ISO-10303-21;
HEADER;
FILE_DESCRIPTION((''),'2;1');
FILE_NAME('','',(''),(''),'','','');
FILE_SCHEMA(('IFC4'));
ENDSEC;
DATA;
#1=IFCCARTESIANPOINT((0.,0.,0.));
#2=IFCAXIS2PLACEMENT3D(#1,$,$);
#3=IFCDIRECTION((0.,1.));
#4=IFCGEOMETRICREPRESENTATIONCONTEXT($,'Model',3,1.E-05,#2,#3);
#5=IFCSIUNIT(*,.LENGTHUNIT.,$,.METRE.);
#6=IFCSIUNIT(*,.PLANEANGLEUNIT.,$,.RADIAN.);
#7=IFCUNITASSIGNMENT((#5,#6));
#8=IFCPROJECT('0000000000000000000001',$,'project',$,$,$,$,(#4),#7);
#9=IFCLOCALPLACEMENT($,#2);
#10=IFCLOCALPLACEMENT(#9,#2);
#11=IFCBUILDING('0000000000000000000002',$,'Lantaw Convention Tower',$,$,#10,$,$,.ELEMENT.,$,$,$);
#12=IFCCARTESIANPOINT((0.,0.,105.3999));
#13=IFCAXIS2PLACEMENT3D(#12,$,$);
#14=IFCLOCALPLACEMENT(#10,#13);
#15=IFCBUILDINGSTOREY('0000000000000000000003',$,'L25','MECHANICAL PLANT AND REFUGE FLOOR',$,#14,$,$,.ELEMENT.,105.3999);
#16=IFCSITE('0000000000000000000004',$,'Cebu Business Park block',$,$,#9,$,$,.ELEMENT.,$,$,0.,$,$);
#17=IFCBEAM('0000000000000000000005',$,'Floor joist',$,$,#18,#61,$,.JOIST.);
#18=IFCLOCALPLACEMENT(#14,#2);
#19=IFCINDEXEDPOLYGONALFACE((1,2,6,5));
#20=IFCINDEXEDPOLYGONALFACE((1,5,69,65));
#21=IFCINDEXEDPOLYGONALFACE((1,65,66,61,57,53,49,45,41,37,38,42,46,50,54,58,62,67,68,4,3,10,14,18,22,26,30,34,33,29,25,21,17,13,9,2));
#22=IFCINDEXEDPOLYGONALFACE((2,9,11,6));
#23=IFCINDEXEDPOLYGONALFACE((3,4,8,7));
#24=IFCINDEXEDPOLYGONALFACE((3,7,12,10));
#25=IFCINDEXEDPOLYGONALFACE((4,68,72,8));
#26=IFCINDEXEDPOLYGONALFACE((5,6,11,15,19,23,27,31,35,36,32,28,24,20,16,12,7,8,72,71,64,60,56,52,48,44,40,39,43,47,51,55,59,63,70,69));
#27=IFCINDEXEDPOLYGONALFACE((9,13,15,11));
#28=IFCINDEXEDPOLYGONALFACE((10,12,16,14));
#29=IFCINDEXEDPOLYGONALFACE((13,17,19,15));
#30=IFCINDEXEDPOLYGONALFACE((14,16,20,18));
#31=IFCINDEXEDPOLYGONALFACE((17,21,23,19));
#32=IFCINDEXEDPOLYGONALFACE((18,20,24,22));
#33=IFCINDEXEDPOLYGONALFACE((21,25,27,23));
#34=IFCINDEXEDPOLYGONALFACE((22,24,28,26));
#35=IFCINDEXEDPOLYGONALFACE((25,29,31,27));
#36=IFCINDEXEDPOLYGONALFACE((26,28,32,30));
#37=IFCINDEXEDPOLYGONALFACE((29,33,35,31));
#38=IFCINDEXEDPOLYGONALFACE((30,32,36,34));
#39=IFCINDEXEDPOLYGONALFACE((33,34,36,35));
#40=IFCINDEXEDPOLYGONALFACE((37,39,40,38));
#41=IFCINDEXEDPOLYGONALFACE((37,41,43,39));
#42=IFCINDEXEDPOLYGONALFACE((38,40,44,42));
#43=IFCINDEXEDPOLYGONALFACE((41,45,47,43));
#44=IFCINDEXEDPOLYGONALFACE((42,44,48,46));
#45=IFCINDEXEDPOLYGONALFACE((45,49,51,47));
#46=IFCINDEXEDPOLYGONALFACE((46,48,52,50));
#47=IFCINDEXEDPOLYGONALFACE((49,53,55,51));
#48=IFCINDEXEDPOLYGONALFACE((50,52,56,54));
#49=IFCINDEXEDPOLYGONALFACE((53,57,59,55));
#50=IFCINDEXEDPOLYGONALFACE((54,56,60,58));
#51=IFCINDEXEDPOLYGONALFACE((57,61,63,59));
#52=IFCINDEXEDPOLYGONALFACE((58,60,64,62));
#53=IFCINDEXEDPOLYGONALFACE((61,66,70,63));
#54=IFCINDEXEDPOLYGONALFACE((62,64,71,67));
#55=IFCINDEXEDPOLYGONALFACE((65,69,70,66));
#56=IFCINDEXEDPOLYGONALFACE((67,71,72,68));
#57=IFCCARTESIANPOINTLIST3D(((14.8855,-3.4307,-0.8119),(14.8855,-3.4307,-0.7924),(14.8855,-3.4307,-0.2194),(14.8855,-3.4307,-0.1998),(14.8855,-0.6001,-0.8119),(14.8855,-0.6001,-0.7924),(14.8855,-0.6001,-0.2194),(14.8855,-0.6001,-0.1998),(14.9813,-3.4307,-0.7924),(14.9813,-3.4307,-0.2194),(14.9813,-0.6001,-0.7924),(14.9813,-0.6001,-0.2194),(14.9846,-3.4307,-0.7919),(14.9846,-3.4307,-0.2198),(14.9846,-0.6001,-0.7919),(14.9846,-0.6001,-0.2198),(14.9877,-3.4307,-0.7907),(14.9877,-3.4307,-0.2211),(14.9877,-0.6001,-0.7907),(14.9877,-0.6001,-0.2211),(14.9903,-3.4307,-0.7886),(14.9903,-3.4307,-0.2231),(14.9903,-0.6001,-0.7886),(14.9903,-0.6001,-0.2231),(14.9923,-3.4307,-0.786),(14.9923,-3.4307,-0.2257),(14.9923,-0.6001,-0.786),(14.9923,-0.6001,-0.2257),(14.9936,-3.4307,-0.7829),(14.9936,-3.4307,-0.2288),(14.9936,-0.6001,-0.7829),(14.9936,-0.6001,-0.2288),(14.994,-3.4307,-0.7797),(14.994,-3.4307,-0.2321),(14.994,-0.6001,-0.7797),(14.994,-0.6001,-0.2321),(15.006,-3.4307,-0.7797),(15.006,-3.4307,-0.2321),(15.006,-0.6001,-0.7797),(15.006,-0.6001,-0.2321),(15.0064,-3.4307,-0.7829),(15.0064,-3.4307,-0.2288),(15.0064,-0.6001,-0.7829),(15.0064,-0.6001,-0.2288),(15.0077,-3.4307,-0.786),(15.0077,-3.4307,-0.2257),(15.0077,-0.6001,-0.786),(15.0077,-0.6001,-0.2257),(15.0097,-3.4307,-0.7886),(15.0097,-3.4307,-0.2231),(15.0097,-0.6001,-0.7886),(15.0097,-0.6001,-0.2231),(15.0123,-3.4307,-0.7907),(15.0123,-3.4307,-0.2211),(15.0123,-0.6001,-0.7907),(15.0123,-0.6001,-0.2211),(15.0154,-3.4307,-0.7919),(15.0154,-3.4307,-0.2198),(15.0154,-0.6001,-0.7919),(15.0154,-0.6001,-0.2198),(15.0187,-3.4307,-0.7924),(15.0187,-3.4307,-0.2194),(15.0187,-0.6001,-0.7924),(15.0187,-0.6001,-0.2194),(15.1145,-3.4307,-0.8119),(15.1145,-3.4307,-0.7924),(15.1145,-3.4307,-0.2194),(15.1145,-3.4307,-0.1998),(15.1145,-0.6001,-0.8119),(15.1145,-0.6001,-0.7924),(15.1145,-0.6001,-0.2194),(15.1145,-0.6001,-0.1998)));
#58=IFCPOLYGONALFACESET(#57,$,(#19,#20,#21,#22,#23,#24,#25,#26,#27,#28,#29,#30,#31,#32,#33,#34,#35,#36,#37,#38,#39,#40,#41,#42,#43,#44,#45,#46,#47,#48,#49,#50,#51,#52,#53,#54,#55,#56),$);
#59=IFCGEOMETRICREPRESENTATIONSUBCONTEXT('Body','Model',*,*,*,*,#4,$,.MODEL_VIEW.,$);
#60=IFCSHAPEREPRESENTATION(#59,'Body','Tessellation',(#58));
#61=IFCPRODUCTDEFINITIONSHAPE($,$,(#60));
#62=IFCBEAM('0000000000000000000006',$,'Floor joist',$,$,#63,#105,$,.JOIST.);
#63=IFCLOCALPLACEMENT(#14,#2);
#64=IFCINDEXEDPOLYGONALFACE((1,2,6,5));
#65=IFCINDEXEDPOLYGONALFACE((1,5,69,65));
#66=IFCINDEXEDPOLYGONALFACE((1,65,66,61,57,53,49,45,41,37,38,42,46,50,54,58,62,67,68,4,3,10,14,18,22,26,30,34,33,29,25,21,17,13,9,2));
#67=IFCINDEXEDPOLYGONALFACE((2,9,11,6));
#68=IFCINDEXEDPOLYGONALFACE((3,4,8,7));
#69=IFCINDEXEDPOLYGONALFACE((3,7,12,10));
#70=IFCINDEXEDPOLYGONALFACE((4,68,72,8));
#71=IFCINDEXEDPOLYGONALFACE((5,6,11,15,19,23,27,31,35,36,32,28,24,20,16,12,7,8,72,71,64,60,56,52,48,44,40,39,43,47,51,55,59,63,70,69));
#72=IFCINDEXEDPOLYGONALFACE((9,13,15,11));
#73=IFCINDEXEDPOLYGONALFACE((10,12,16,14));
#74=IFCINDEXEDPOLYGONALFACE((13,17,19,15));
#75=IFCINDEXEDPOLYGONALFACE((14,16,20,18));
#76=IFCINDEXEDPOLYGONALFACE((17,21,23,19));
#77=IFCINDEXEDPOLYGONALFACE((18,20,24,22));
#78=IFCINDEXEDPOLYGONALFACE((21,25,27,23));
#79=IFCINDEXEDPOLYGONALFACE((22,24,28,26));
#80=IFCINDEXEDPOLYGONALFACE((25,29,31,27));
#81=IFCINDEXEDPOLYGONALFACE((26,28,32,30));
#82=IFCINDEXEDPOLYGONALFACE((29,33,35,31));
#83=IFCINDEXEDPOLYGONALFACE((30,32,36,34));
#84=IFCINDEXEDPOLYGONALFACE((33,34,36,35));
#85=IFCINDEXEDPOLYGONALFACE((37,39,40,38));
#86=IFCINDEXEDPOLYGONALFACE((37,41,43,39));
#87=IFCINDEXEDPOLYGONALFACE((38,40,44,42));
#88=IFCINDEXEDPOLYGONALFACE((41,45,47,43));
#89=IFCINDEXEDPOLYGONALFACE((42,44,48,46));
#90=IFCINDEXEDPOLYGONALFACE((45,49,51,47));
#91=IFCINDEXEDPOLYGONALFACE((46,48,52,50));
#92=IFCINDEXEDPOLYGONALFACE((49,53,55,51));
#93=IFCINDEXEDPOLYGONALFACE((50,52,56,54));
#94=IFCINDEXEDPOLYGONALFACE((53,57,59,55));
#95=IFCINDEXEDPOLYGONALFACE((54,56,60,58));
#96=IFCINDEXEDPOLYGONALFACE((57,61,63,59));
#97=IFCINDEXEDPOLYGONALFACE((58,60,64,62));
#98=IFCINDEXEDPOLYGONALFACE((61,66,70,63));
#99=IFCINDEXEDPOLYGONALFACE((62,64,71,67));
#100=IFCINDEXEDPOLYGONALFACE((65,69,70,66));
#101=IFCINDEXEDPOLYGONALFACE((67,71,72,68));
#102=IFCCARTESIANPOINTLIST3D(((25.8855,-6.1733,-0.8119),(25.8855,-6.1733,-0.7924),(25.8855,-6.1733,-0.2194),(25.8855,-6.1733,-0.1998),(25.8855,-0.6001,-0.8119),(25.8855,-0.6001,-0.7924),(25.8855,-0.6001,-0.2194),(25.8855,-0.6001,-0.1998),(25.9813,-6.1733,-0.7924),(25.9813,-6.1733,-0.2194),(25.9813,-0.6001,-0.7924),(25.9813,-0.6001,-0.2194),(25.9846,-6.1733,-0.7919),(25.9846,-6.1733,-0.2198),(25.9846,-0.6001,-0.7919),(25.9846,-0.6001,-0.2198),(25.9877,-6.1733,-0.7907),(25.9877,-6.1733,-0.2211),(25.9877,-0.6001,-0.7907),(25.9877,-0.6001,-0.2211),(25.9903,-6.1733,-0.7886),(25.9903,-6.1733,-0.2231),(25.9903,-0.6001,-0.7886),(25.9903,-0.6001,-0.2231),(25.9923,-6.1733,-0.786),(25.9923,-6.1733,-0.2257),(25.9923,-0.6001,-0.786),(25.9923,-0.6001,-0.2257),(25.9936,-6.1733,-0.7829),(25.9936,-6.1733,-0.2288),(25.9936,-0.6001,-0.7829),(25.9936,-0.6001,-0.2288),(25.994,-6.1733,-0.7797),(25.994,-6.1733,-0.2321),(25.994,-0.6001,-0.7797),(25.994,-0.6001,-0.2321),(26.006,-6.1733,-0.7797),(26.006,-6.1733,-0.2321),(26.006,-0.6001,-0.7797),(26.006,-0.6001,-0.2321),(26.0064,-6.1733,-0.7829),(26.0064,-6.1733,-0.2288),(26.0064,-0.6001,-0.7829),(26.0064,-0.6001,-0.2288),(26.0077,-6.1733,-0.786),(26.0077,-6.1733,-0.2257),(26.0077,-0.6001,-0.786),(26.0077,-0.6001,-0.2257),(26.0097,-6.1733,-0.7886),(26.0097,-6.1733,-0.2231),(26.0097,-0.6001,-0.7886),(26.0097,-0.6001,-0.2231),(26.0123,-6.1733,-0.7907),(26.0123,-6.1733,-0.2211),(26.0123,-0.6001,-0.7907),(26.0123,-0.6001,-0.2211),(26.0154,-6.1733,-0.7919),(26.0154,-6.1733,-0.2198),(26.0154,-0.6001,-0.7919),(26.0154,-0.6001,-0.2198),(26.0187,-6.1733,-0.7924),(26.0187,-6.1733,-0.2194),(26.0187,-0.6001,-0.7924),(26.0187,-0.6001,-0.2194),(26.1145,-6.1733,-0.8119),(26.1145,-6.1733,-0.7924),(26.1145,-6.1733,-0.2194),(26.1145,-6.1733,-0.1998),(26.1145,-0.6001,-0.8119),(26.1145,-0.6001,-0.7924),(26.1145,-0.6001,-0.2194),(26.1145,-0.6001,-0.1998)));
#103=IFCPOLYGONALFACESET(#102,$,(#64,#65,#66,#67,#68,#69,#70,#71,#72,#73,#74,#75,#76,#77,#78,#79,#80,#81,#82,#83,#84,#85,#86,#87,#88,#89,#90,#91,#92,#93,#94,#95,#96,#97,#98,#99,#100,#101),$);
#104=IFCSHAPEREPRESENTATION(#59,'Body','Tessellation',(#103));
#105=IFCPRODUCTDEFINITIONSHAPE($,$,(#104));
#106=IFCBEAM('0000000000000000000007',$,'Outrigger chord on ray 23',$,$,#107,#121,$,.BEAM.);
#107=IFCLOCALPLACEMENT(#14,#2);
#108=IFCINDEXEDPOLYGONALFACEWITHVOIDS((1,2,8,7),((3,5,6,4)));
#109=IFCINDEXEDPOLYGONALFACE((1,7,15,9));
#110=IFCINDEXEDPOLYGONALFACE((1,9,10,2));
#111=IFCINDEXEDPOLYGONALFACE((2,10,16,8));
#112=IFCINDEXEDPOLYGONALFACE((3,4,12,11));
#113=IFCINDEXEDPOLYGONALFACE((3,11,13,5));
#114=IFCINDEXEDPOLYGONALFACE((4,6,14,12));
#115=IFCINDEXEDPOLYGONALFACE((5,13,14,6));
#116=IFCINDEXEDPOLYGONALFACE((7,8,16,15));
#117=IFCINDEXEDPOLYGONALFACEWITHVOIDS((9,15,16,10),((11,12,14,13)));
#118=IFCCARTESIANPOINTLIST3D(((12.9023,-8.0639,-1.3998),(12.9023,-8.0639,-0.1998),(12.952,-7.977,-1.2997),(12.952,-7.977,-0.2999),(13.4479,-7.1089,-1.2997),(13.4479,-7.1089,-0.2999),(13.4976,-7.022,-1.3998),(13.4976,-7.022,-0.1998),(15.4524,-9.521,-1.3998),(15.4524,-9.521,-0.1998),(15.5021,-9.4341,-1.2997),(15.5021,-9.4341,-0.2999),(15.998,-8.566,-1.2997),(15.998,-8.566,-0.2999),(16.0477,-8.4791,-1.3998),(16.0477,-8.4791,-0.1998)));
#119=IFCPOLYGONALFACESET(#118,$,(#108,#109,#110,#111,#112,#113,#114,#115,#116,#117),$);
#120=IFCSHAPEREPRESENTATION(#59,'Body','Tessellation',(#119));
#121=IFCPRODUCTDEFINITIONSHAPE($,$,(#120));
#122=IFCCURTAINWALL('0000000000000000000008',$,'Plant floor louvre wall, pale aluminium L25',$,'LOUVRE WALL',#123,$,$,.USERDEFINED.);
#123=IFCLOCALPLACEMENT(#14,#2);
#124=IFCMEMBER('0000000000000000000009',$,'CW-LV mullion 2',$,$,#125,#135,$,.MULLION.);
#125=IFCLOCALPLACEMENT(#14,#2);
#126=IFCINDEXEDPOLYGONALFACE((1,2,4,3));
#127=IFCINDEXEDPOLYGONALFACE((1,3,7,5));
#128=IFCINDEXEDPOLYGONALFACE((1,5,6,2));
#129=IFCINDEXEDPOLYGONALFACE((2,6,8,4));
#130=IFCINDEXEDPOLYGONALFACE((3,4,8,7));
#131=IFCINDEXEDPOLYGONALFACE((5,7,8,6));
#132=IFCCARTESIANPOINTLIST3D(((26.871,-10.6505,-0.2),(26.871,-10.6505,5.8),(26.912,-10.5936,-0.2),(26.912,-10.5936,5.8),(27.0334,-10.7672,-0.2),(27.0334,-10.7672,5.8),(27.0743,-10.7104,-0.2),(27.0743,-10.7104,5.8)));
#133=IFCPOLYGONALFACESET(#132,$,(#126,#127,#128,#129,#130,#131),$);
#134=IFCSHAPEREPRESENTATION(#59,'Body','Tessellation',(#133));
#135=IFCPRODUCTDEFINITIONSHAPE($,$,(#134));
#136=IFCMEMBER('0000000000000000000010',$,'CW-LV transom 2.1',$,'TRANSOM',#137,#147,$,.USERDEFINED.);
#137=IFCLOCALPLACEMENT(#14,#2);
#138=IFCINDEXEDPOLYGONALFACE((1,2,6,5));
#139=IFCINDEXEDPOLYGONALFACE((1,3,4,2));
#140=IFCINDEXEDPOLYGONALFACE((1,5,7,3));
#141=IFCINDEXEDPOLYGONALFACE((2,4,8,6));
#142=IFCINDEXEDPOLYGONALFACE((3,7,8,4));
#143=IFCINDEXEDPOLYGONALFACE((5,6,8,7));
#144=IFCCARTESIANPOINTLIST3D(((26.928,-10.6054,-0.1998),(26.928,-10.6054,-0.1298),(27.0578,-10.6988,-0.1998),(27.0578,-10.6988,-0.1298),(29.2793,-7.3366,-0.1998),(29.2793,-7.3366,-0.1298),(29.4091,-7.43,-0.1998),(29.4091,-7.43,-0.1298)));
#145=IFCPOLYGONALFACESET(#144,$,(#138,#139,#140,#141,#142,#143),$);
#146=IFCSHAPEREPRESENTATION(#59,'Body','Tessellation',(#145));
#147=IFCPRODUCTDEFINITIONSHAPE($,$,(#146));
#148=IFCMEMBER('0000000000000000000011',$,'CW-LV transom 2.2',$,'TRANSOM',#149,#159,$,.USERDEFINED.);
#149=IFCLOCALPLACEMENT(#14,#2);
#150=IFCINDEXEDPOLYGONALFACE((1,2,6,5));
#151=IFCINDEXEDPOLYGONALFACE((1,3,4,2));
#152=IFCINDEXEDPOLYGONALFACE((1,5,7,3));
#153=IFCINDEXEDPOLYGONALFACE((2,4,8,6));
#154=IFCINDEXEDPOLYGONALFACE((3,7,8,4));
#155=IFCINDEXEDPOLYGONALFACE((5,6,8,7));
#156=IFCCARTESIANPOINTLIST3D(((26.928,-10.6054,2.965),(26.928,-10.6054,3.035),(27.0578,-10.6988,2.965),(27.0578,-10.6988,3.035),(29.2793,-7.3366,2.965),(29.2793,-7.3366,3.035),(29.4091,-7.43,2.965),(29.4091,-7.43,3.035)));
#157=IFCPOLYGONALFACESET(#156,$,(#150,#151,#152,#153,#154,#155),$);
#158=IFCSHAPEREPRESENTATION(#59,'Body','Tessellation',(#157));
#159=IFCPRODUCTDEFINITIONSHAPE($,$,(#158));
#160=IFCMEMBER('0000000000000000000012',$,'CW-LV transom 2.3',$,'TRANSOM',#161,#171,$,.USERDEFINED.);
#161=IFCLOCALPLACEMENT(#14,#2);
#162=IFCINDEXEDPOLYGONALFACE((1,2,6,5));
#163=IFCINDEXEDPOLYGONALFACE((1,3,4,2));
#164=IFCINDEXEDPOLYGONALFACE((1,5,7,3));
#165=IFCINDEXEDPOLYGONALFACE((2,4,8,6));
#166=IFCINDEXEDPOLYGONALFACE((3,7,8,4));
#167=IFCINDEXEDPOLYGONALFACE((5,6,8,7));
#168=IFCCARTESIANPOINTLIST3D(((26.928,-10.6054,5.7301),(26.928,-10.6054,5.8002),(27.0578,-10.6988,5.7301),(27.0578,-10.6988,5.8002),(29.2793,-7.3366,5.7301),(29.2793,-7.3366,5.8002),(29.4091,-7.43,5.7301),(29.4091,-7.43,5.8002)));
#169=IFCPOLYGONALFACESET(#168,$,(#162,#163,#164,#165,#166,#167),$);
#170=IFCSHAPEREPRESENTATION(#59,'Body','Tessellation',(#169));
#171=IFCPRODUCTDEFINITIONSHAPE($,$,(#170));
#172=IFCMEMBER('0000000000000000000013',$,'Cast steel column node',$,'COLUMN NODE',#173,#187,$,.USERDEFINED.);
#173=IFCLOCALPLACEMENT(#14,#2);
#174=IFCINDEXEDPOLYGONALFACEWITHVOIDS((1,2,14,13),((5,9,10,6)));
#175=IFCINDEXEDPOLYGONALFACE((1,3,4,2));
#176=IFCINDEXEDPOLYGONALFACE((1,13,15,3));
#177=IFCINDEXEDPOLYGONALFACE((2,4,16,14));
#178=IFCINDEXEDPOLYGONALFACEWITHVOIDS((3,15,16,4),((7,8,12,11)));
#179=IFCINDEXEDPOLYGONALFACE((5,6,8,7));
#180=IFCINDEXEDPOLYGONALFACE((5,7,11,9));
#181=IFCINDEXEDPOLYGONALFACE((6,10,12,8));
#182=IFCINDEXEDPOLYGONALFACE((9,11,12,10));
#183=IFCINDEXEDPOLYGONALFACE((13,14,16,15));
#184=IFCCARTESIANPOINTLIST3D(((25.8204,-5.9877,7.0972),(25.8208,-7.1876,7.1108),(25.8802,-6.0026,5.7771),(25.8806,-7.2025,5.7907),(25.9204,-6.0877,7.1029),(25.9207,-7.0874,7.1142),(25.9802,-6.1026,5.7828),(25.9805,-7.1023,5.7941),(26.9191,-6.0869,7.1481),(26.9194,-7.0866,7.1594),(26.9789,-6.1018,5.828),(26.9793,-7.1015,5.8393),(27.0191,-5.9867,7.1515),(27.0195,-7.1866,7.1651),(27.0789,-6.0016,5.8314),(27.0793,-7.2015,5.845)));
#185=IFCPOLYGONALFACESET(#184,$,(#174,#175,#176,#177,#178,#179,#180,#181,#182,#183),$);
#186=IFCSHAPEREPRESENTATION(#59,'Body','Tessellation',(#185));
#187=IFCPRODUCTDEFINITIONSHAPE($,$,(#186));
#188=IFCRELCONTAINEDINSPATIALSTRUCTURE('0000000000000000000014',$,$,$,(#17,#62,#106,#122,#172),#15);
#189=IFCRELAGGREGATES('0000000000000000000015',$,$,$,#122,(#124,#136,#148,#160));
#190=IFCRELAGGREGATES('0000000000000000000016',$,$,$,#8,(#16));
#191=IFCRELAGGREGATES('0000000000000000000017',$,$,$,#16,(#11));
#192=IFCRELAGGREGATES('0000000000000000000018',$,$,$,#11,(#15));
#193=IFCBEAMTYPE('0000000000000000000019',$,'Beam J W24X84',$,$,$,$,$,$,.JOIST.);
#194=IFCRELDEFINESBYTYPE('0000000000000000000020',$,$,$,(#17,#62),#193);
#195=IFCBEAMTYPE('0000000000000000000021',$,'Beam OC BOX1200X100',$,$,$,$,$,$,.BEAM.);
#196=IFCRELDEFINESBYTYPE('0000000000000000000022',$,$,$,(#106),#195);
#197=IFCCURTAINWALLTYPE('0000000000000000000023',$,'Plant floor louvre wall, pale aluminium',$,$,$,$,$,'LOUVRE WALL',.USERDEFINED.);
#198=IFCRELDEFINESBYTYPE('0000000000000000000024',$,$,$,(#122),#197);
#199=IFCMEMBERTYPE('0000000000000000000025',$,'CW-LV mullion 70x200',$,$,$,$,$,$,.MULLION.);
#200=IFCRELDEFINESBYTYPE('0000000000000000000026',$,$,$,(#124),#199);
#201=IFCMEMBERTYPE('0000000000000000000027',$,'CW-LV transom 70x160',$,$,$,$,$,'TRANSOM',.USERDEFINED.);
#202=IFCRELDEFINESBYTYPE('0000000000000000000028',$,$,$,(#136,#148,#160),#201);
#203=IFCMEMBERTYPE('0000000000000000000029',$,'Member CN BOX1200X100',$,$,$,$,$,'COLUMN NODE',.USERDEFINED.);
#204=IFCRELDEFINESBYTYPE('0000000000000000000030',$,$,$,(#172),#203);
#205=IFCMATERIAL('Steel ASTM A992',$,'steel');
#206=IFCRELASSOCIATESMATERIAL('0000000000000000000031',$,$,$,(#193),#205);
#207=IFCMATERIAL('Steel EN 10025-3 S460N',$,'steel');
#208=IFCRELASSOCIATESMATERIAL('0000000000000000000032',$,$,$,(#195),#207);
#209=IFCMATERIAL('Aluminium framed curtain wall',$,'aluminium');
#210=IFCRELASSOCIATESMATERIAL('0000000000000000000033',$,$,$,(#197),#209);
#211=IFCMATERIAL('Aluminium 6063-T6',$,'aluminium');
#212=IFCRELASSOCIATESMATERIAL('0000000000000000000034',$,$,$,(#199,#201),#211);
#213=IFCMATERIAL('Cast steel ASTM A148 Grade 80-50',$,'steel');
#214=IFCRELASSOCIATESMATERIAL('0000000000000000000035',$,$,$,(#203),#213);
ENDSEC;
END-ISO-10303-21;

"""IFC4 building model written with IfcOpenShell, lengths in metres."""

from ifc_helpers import new_model, si_unit, direction, frame, origin, origin_2d, place, context, subcontext, project, spatial, rectangle, hollow_rectangle, i_section, extrude, material, material_profile, profile_set, type_object, element, aggregate, save


model = new_model("IFC4")

# Units and contexts
model_context = context("Model", 3, precision=1e-05, world=origin(), true_north=direction((0.0, 1.0)))
body_context = subcontext(model_context, "Body", "Model", "MODEL_VIEW")
ifc_project = project(units=[si_unit("LENGTHUNIT", "METRE"), si_unit("PLANEANGLEUNIT", "RADIAN")], contexts=[model_context])

# Site, building, storey
site_placement = place(None, origin())
site = spatial("IfcSite", under=ifc_project, at=site_placement, Name="Cebu Business Park block", CompositionType="ELEMENT", RefElevation=0.0)
building_placement = place(site_placement, origin())
building = spatial("IfcBuilding", under=site, at=building_placement, Name="Lantaw Convention Tower", CompositionType="ELEMENT")
storey_placement = place(building_placement, frame((0.0, 0.0, 105.3999)))
storey = spatial("IfcBuildingStorey", under=building, at=storey_placement, Name="L25", Description="MECHANICAL PLANT AND REFUGE FLOOR", CompositionType="ELEMENT", Elevation=105.3999)

# Shared definitions
ifc_material_1 = material(Name="Steel EN 10025-3 S460N", Category="steel")

# Beams
ifc_material_2 = material(Name="Steel ASTM A992", Category="steel")
ifc_material_profile_1 = material_profile(ifc_material_2, i_section(OverallWidth=0.229, OverallDepth=0.6121, WebThickness=0.012, FlangeThickness=0.0195, FilletRadius=0.0127, at=origin_2d()), Name="W24X84")
ifc_profile_set_1 = profile_set([ifc_material_profile_1], Name="Steel ASTM A992")
beam_type_1 = type_object("IfcBeamType", Name="Beam J W24X84", PredefinedType="JOIST", material=ifc_profile_set_1)
beam_1_placement = place(storey_placement, frame((15.0, -3.4307, -0.5059), z_axis=(0.0, 1.0, 0.0), x_axis=(-1.0, 0.0, 0.0)))
element("IfcBeam", 1, at=beam_1_placement, inside=storey, type_object=beam_type_1, Name="Floor joist", PredefinedType="JOIST", context=body_context, shape_type="SweptSolid", body=[
    extrude(i_section(OverallWidth=0.229, OverallDepth=0.6121, WebThickness=0.012, FlangeThickness=0.0195, FilletRadius=0.0127, at=origin_2d()), origin(), (0.0, 0.0, 1.0), 2.8306),
])
beam_2_placement = place(storey_placement, frame((26.0, -6.1733, -0.5059), z_axis=(0.0, 1.0, 0.0), x_axis=(-1.0, 0.0, 0.0)))
element("IfcBeam", 2, at=beam_2_placement, inside=storey, type_object=beam_type_1, Name="Floor joist", PredefinedType="JOIST", context=body_context, shape_type="SweptSolid", body=[
    extrude(i_section(OverallWidth=0.229, OverallDepth=0.6121, WebThickness=0.012, FlangeThickness=0.0195, FilletRadius=0.0127, at=origin_2d()), origin(), (0.0, 0.0, 1.0), 5.5732),
])
ifc_material_profile_2 = material_profile(ifc_material_1, hollow_rectangle(XDim=1.2, YDim=1.2, WallThickness=0.1001, at=origin_2d()), Name="BOX1200X100")
ifc_profile_set_2 = profile_set([ifc_material_profile_2], Name="Steel EN 10025-3 S460N")
beam_type_2 = type_object("IfcBeamType", Name="Beam OC BOX1200X100", PredefinedType="BEAM", material=ifc_profile_set_2)
beam_3_placement = place(storey_placement, frame((13.2, -7.543, -0.7998), z_axis=(0.868264, -0.496103, 0.0), x_axis=(0.496103, 0.868264, 0.0)))
element("IfcBeam", 3, at=beam_3_placement, inside=storey, type_object=beam_type_2, Name="Outrigger chord on ray 23", PredefinedType="BEAM", context=body_context, shape_type="SweptSolid", body=[
    extrude(hollow_rectangle(XDim=1.2, YDim=1.2, WallThickness=0.1001, at=origin_2d()), origin(), (0.0, 0.0, 1.0), 2.937),
])

# Curtain wall, members
ifc_material_3 = material(Name="Aluminium framed curtain wall", Category="aluminium")
curtain_wall_type = type_object("IfcCurtainWallType", Name="Plant floor louvre wall, pale aluminium", ElementType="LOUVRE WALL", PredefinedType="USERDEFINED", material=ifc_material_3)
curtain_wall_placement = place(storey_placement, origin())
curtain_wall = element("IfcCurtainWall", 4, at=curtain_wall_placement, inside=storey, type_object=curtain_wall_type, Name="Plant floor louvre wall, pale aluminium L25", ObjectType="LOUVRE WALL", PredefinedType="USERDEFINED")
ifc_material_4 = material(Name="Aluminium 6063-T6", Category="aluminium")
ifc_material_profile_3 = material_profile(ifc_material_4, rectangle(XDim=0.2, YDim=0.0701, at=origin_2d()), Name="CW-LV mullion 70x200")
ifc_profile_set_3 = profile_set([ifc_material_profile_3], Name="Aluminium 6063-T6")
member_type_1 = type_object("IfcMemberType", Name="CW-LV mullion 70x200", PredefinedType="MULLION", material=ifc_profile_set_3)
member_1_placement = place(storey_placement, frame((26.9727, -10.6804, -0.2), z_axis=(0.0, 0.0, 1.0), x_axis=(-0.811789, 0.583951, 0.0)))
member_1 = element("IfcMember", 5, at=member_1_placement, type_object=member_type_1, Name="CW-LV mullion 2", PredefinedType="MULLION", context=body_context, shape_type="SweptSolid", body=[
    extrude(rectangle(XDim=0.2, YDim=0.0701, at=origin_2d()), origin(), (0.0, 0.0, 1.0), 6.0),
])
ifc_material_profile_4 = material_profile(ifc_material_4, rectangle(XDim=0.1599, YDim=0.0701, at=origin_2d()), Name="CW-LV transom 70x160")
ifc_profile_set_4 = profile_set([ifc_material_profile_4], Name="Aluminium 6063-T6")
member_type_2 = type_object("IfcMemberType", Name="CW-LV transom 70x160", ElementType="TRANSOM", PredefinedType="USERDEFINED", material=ifc_profile_set_4)
member_2_placement = place(storey_placement, frame((26.9929, -10.6521, -0.1648), z_axis=(0.583942, 0.811795, 0.0), x_axis=(-0.811795, 0.583942, 0.0)))
member_2 = element("IfcMember", 6, at=member_2_placement, type_object=member_type_2, Name="CW-LV transom 2.1", ObjectType="TRANSOM", PredefinedType="USERDEFINED", context=body_context, shape_type="SweptSolid", body=[
    extrude(rectangle(XDim=0.1599, YDim=0.0701, at=origin_2d()), origin(), (0.0, 0.0, 1.0), 4.0266),
])
member_3_placement = place(storey_placement, frame((26.9929, -10.6521, 3.0), z_axis=(0.583942, 0.811795, 0.0), x_axis=(-0.811795, 0.583942, 0.0)))
member_3 = element("IfcMember", 7, at=member_3_placement, type_object=member_type_2, Name="CW-LV transom 2.2", ObjectType="TRANSOM", PredefinedType="USERDEFINED", context=body_context, shape_type="SweptSolid", body=[
    extrude(rectangle(XDim=0.1599, YDim=0.0701, at=origin_2d()), origin(), (0.0, 0.0, 1.0), 4.0266),
])
member_4_placement = place(storey_placement, frame((26.9929, -10.6521, 5.7651), z_axis=(0.583942, 0.811795, 0.0), x_axis=(-0.811795, 0.583942, 0.0)))
member_4 = element("IfcMember", 8, at=member_4_placement, type_object=member_type_2, Name="CW-LV transom 2.3", ObjectType="TRANSOM", PredefinedType="USERDEFINED", context=body_context, shape_type="SweptSolid", body=[
    extrude(rectangle(XDim=0.1599, YDim=0.0701, at=origin_2d()), origin(), (0.0, 0.0, 1.0), 4.0266),
])

# Member
ifc_material_5 = material(Name="Cast steel ASTM A148 Grade 80-50", Category="steel")
ifc_material_profile_5 = material_profile(ifc_material_5, hollow_rectangle(XDim=1.2, YDim=1.2, WallThickness=0.1001, at=origin_2d()), Name="BOX1200X100")
ifc_profile_set_5 = profile_set([ifc_material_profile_5], Name="Cast steel ASTM A148 Grade 80-50")
member_type_3 = type_object("IfcMemberType", Name="Member CN BOX1200X100", ElementType="COLUMN NODE", PredefinedType="USERDEFINED", material=ifc_profile_set_5)
member_5_placement = place(storey_placement, frame((26.4797, -6.6021, 5.811), z_axis=(-0.045262, 0.011269, 0.998912), x_axis=(0.998975, 0.000833, 0.045256)))
element("IfcMember", 9, at=member_5_placement, inside=storey, type_object=member_type_3, Name="Cast steel column node", ObjectType="COLUMN NODE", PredefinedType="USERDEFINED", context=body_context, shape_type="SweptSolid", body=[
    extrude(hollow_rectangle(XDim=1.2, YDim=1.2, WallThickness=0.1001, at=origin_2d()), origin(), (0.0, 0.0, 1.0), 1.3215),
])

aggregate(curtain_wall, [member_1, member_2, member_3, member_4])

save(model, "model.ifc")
